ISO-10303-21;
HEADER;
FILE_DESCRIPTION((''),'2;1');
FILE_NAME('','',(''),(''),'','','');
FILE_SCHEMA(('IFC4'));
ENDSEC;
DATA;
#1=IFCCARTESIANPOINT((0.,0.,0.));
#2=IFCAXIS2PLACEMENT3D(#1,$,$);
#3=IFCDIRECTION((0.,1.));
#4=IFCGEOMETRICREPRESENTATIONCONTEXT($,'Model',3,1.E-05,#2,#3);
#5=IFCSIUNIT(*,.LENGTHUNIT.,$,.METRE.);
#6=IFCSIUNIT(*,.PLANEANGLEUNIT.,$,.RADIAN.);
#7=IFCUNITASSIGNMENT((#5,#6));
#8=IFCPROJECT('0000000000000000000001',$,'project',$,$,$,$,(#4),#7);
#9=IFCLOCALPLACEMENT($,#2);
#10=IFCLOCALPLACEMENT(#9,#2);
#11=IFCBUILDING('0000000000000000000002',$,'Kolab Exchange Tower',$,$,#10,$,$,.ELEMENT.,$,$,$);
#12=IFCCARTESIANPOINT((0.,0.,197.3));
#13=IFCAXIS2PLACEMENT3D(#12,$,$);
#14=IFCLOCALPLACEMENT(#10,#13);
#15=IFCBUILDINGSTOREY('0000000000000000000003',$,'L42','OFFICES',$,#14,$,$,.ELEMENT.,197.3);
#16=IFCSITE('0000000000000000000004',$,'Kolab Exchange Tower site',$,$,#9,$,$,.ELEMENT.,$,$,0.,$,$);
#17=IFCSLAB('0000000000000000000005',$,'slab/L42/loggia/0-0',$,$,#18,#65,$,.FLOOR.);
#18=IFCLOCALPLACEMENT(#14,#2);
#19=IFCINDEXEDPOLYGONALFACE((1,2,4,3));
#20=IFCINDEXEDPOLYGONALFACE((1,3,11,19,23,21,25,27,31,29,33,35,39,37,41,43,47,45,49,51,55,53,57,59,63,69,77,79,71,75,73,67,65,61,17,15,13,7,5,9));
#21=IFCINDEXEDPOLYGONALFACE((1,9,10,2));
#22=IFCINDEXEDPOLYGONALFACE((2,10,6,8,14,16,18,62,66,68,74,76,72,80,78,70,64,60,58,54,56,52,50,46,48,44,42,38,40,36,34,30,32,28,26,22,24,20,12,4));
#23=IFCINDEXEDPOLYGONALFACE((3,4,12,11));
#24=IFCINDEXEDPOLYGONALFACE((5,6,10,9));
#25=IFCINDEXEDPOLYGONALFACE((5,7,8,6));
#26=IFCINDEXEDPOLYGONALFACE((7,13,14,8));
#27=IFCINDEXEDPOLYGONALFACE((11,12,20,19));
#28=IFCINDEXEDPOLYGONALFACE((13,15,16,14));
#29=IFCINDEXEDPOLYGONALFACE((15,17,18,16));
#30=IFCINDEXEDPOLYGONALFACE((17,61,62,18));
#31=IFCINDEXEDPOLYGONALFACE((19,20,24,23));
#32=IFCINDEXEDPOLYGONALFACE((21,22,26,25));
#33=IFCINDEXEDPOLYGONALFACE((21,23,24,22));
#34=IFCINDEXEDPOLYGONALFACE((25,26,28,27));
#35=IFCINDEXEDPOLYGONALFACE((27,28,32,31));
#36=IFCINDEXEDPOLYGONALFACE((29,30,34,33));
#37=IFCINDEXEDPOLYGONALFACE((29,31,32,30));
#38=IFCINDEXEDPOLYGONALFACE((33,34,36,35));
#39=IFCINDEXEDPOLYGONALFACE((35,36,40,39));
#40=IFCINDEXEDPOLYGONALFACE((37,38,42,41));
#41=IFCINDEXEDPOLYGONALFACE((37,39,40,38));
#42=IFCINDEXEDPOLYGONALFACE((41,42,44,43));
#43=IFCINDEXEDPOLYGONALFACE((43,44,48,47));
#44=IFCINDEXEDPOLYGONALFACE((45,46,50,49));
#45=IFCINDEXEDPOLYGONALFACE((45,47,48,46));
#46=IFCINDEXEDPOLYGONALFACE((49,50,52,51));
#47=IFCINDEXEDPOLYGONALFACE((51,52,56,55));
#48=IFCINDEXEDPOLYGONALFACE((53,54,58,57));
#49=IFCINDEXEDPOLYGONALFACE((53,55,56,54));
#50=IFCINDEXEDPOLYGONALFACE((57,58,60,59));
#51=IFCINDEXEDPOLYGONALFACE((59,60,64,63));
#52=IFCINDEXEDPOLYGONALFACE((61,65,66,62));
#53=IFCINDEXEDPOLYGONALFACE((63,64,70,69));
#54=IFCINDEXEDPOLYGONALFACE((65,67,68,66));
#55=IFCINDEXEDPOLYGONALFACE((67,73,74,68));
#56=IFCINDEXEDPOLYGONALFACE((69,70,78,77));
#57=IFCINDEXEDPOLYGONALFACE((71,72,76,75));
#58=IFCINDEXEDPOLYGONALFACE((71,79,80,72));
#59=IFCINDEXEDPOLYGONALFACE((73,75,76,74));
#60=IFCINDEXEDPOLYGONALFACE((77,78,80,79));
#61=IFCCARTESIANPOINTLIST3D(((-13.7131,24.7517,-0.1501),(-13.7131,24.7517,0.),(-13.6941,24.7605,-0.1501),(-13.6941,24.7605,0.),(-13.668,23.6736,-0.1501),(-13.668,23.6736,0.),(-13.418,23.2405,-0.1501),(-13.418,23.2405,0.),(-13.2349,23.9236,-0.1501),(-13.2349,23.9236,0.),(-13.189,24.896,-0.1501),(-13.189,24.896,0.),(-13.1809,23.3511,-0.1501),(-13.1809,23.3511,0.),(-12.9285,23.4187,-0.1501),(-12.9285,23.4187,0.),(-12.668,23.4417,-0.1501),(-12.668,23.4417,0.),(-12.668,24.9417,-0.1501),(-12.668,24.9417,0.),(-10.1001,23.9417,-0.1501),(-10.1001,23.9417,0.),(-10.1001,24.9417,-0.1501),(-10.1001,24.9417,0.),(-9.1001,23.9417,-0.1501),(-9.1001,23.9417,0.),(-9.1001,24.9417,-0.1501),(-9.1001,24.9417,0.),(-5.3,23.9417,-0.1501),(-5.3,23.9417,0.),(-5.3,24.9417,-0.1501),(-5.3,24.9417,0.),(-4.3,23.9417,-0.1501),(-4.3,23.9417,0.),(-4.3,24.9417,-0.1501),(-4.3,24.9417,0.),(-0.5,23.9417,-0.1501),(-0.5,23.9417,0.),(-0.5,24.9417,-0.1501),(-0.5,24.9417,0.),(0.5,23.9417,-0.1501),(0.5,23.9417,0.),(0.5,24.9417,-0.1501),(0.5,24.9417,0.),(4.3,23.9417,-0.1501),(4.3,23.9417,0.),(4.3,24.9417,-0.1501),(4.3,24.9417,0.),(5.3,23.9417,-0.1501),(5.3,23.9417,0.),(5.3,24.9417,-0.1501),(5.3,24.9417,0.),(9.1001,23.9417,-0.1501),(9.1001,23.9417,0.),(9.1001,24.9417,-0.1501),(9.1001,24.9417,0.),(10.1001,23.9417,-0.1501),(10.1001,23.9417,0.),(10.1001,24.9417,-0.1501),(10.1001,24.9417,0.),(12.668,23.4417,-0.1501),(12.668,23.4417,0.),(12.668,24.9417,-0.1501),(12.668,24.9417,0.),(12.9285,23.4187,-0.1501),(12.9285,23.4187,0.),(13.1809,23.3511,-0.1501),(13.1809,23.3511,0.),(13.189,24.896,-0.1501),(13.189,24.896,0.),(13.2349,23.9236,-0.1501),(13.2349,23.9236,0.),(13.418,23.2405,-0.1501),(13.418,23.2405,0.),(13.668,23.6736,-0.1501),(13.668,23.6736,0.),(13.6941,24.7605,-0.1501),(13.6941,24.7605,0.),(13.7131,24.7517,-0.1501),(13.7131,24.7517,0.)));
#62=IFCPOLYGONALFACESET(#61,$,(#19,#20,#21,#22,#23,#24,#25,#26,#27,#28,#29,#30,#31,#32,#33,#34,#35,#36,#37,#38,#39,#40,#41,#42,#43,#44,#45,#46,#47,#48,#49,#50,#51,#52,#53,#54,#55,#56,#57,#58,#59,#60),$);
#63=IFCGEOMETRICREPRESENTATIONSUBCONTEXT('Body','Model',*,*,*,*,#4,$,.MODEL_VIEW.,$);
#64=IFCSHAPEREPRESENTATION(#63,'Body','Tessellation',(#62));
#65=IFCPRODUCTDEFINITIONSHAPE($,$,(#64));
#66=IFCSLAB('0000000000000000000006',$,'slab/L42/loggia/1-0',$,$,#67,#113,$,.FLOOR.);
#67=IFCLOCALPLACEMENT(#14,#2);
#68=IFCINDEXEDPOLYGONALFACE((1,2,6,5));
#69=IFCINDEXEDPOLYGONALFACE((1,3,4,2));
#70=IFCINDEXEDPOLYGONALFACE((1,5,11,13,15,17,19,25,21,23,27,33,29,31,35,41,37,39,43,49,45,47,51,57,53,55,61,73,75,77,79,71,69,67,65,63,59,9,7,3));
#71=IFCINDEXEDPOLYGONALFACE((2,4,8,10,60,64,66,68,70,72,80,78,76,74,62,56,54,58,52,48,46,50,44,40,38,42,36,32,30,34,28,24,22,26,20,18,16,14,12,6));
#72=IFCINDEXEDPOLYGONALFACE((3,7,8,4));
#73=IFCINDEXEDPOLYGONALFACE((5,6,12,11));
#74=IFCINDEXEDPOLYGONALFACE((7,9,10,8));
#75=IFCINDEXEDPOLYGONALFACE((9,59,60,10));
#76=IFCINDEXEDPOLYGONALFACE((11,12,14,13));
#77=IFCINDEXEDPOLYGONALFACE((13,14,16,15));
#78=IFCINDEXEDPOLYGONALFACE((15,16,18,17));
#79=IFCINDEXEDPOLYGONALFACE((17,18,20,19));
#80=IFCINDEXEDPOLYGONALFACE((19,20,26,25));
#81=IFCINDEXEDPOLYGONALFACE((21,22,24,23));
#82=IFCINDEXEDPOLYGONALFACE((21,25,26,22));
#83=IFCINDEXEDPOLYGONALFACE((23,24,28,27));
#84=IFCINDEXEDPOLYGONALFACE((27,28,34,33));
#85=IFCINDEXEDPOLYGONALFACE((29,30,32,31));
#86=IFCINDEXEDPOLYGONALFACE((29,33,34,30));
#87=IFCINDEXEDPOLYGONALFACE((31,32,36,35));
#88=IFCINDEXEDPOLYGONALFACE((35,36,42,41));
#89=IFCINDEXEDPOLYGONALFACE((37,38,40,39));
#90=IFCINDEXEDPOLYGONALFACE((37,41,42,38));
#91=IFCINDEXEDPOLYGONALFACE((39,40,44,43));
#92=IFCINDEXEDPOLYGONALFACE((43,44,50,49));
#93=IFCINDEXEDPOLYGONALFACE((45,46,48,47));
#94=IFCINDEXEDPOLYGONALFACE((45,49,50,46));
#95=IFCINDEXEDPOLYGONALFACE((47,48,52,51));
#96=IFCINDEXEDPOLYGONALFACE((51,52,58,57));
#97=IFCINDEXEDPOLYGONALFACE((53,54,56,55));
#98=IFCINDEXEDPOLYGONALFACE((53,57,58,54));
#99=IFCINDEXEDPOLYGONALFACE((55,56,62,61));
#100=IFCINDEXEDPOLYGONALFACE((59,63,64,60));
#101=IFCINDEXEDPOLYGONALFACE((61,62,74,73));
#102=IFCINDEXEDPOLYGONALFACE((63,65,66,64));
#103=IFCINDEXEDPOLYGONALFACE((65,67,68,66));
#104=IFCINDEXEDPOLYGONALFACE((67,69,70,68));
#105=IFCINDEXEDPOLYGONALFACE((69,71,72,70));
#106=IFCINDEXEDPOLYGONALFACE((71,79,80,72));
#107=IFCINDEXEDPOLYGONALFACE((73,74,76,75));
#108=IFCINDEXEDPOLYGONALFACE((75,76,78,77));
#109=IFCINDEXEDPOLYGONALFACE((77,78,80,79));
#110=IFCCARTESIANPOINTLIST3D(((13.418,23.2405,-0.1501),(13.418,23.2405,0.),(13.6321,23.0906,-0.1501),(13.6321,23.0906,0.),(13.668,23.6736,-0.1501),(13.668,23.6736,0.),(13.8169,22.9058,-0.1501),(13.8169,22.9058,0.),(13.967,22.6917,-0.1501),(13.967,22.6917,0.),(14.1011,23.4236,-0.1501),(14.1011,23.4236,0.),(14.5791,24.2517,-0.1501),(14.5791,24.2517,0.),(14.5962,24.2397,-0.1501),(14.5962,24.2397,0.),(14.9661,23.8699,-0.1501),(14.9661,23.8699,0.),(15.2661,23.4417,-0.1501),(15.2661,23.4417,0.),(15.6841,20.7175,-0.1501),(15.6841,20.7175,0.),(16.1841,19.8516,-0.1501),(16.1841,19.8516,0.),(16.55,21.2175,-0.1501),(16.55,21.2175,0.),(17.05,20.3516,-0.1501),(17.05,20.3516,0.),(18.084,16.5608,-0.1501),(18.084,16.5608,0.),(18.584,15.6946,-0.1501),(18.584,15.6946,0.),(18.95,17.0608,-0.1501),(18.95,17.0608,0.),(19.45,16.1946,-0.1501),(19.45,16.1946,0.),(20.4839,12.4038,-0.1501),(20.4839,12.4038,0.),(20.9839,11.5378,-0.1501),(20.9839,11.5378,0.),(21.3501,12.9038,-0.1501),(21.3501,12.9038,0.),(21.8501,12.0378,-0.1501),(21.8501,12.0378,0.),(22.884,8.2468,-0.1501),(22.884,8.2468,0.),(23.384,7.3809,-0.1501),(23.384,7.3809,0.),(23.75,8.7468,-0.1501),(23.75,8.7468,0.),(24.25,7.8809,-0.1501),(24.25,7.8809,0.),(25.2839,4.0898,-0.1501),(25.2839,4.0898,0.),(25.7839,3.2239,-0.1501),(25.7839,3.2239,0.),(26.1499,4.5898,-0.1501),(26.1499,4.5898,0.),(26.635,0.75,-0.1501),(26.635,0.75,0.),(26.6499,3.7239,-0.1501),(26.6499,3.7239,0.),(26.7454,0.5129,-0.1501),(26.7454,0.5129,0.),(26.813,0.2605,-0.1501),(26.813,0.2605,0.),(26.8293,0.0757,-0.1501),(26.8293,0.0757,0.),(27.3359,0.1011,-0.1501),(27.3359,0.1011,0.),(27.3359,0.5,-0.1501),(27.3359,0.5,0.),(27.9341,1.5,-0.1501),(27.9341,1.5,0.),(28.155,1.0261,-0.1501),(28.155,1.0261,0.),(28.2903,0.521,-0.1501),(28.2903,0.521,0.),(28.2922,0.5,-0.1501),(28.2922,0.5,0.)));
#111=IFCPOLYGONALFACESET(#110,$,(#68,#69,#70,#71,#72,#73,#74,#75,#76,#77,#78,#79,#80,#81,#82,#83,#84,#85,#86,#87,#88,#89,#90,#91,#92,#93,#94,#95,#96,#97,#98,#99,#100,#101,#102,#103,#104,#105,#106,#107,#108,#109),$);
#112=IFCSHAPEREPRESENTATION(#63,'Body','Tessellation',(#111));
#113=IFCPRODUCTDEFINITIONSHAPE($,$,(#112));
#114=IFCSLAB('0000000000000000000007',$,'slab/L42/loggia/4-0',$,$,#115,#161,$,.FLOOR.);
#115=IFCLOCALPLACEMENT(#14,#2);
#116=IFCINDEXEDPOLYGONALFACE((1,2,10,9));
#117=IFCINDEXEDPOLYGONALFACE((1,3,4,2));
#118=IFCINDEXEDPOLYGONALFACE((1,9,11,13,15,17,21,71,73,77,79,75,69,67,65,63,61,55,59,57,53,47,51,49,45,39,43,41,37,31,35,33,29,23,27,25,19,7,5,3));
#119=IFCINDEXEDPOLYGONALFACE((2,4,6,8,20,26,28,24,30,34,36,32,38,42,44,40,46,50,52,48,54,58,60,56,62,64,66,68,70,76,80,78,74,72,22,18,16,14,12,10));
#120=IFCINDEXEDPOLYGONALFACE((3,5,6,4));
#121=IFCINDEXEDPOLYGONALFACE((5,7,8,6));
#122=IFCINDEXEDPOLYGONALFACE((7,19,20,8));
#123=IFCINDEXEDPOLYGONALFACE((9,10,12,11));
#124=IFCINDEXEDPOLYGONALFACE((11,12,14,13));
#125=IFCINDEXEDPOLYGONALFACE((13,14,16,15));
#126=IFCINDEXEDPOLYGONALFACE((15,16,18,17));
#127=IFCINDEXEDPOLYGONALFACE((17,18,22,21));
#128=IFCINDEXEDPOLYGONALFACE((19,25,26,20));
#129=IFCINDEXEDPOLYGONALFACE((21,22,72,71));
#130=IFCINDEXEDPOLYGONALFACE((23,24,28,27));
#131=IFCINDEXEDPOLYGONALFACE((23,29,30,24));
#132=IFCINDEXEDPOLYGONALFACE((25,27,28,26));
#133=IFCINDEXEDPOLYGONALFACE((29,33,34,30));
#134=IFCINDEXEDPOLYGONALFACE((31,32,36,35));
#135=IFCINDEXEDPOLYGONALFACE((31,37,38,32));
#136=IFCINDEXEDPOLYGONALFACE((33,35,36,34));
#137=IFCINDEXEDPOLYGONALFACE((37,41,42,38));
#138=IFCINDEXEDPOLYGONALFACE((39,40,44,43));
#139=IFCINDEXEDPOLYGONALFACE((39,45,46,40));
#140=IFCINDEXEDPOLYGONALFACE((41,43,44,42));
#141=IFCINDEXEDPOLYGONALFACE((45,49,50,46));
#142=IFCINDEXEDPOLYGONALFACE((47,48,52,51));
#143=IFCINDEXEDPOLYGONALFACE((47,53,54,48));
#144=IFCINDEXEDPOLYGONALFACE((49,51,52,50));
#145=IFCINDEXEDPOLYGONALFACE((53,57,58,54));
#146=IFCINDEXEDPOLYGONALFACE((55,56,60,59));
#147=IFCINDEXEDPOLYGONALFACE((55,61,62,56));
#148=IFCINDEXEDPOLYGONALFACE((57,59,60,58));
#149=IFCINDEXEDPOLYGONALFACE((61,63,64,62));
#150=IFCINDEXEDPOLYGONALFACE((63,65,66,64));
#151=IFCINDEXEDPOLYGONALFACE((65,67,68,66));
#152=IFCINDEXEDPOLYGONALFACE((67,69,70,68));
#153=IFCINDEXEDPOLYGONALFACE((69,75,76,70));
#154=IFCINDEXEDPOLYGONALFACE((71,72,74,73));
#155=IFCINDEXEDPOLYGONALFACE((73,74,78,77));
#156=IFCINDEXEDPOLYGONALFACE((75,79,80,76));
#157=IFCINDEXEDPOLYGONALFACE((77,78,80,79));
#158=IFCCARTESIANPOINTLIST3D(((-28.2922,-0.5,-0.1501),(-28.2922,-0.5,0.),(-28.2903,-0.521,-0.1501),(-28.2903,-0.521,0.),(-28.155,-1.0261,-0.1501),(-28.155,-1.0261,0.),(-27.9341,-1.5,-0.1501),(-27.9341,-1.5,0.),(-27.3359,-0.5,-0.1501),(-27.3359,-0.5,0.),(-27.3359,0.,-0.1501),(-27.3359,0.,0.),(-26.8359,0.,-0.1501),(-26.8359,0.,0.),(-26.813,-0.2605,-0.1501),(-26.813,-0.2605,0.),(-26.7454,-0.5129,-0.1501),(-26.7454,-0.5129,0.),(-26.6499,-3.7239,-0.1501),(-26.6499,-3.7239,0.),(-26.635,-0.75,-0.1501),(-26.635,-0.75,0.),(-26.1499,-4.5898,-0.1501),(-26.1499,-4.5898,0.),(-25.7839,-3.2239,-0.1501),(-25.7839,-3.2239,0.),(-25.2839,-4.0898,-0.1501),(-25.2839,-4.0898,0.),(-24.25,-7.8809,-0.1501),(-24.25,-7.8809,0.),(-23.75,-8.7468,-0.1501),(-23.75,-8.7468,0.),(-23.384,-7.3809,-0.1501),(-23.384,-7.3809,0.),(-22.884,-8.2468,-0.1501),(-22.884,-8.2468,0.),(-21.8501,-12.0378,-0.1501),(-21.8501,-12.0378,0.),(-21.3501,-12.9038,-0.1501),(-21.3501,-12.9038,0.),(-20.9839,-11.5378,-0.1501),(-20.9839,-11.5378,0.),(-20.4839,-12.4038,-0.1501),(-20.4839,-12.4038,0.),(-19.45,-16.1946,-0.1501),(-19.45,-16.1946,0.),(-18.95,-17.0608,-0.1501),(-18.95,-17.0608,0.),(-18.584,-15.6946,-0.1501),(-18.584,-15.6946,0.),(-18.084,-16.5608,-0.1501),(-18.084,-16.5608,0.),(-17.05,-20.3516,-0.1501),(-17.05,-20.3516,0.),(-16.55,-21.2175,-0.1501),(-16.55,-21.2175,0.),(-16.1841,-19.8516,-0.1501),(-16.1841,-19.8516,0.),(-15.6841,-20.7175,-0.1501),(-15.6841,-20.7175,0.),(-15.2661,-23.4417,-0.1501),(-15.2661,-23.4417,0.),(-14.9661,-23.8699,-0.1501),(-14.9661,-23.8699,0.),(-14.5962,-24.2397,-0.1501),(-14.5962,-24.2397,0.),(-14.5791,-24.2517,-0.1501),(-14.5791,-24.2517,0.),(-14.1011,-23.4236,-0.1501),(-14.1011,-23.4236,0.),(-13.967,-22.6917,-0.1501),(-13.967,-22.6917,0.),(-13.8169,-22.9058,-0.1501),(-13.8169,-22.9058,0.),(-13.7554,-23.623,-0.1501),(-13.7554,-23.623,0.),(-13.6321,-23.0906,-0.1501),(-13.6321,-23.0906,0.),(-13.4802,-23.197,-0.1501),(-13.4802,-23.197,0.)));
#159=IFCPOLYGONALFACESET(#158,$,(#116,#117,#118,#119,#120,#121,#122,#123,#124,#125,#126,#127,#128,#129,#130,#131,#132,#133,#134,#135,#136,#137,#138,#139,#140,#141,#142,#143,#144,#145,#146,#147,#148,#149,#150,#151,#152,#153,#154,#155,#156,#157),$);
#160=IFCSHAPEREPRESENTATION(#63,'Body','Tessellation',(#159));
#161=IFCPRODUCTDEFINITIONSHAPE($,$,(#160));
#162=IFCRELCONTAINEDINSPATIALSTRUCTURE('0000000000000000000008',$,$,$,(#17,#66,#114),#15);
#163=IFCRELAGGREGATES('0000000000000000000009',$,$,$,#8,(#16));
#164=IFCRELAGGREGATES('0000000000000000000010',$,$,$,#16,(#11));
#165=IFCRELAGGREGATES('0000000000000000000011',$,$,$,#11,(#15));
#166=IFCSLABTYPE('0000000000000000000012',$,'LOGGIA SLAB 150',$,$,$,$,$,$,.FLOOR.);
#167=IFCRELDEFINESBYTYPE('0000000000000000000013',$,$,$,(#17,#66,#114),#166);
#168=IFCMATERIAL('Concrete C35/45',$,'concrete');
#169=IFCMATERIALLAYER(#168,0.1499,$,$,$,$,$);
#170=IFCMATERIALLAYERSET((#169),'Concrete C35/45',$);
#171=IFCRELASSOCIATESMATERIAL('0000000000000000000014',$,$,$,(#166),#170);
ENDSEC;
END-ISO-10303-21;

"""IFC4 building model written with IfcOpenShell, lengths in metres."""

from ifc_helpers import new_model, si_unit, direction, frame, origin, place, context, subcontext, project, spatial, polyline, outline, extrude, material, layer, layer_set, type_object, element, save


model = new_model("IFC4")

# Units and contexts
model_context = context("Model", 3, precision=1e-05, world=origin(), true_north=direction((0.0, 1.0)))
body_context = subcontext(model_context, "Body", "Model", "MODEL_VIEW")
ifc_project = project(units=[si_unit("LENGTHUNIT", "METRE"), si_unit("PLANEANGLEUNIT", "RADIAN")], contexts=[model_context])

# Site, building, storey
site_placement = place(None, origin())
site = spatial("IfcSite", under=ifc_project, at=site_placement, Name="Kolab Exchange Tower site", CompositionType="ELEMENT", RefElevation=0.0)
building_placement = place(site_placement, origin())
building = spatial("IfcBuilding", under=site, at=building_placement, Name="Kolab Exchange Tower", CompositionType="ELEMENT")
storey_placement = place(building_placement, frame((0.0, 0.0, 197.3)))
storey = spatial("IfcBuildingStorey", under=building, at=storey_placement, Name="L42", Description="OFFICES", CompositionType="ELEMENT", Elevation=197.3)

# Slabs
ifc_material_1 = material(Name="Concrete C35/45", Category="concrete")
ifc_layer_1 = layer(ifc_material_1, 0.1499)
ifc_layer_set_1 = layer_set([ifc_layer_1], Name="Concrete C35/45")
slab_type_1 = type_object("IfcSlabType", Name="LOGGIA SLAB 150", PredefinedType="FLOOR", material=ifc_layer_set_1)
slab_1_placement = place(storey_placement, frame((0.0, 0.0, -0.1501)))
element("IfcSlab", 1, at=slab_1_placement, inside=storey, type_object=slab_type_1, Name="slab/L42/loggia/0-0", PredefinedType="FLOOR", context=body_context, shape_type="SweptSolid", body=[
    extrude(outline(polyline([(13.1809, 23.3511), (13.418, 23.2405), (13.668, 23.6736), (13.2349, 23.9236), (13.7131, 24.7517), (13.6941, 24.7605), (13.189, 24.896), (12.668, 24.9417), (10.1001, 24.9417), (10.1001, 23.9417), (9.1001, 23.9417), (9.1001, 24.9417), (5.3, 24.9417), (5.3, 23.9417), (4.3, 23.9417), (4.3, 24.9417), (0.5, 24.9417), (0.5, 23.9417), (-0.5, 23.9417), (-0.5, 24.9417), (-4.3, 24.9417), (-4.3, 23.9417), (-5.3, 23.9417), (-5.3, 24.9417), (-9.1001, 24.9417), (-9.1001, 23.9417), (-10.1001, 23.9417), (-10.1001, 24.9417), (-12.668, 24.9417), (-13.189, 24.896), (-13.6941, 24.7605), (-13.7131, 24.7517), (-13.2349, 23.9236), (-13.668, 23.6736), (-13.418, 23.2405), (-13.1809, 23.3511), (-12.9285, 23.4187), (-12.668, 23.4417), (12.668, 23.4417), (12.9285, 23.4187), (13.1809, 23.3511)])), origin(), (0.0, 0.0, 1.0), 0.1501),
])
slab_2_placement = place(storey_placement, frame((0.0, 0.0, -0.1501)))
element("IfcSlab", 2, at=slab_2_placement, inside=storey, type_object=slab_type_1, Name="slab/L42/loggia/1-0", PredefinedType="FLOOR", context=body_context, shape_type="SweptSolid", body=[
    extrude(outline(polyline([(26.813, 0.2605), (26.8293, 0.0757), (27.3359, 0.1011), (27.3359, 0.5), (28.2922, 0.5), (28.2903, 0.521), (28.155, 1.0261), (27.9341, 1.5), (26.6499, 3.7239), (25.7839, 3.2239), (25.2839, 4.0898), (26.1499, 4.5898), (24.25, 7.8809), (23.384, 7.3809), (22.884, 8.2468), (23.75, 8.7468), (21.8501, 12.0378), (20.9839, 11.5378), (20.4839, 12.4038), (21.3501, 12.9038), (19.45, 16.1946), (18.584, 15.6946), (18.084, 16.5608), (18.95, 17.0608), (17.05, 20.3516), (16.1841, 19.8516), (15.6841, 20.7175), (16.55, 21.2175), (15.2661, 23.4417), (14.9661, 23.8699), (14.5962, 24.2397), (14.5791, 24.2517), (14.1011, 23.4236), (13.668, 23.6736), (13.418, 23.2405), (13.6321, 23.0906), (13.8169, 22.9058), (13.967, 22.6917), (26.635, 0.75), (26.7454, 0.5129), (26.813, 0.2605)])), origin(), (0.0, 0.0, 1.0), 0.1501),
])
slab_3_placement = place(storey_placement, frame((0.0, 0.0, -0.1501)))
element("IfcSlab", 3, at=slab_3_placement, inside=storey, type_object=slab_type_1, Name="slab/L42/loggia/4-0", PredefinedType="FLOOR", context=body_context, shape_type="SweptSolid", body=[
    extrude(outline(polyline([(-26.813, -0.2605), (-26.8359, 0.0), (-27.3359, 0.0), (-27.3359, -0.5), (-28.2922, -0.5), (-28.2903, -0.521), (-28.155, -1.0261), (-27.9341, -1.5), (-26.6499, -3.7239), (-25.7839, -3.2239), (-25.2839, -4.0898), (-26.1499, -4.5898), (-24.25, -7.8809), (-23.384, -7.3809), (-22.884, -8.2468), (-23.75, -8.7468), (-21.8501, -12.0378), (-20.9839, -11.5378), (-20.4839, -12.4038), (-21.3501, -12.9038), (-19.45, -16.1946), (-18.584, -15.6946), (-18.084, -16.5608), (-18.95, -17.0608), (-17.05, -20.3516), (-16.1841, -19.8516), (-15.6841, -20.7175), (-16.55, -21.2175), (-15.2661, -23.4417), (-14.9661, -23.8699), (-14.5962, -24.2397), (-14.5791, -24.2517), (-14.1011, -23.4236), (-13.7554, -23.623), (-13.4802, -23.197), (-13.6321, -23.0906), (-13.8169, -22.9058), (-13.967, -22.6917), (-26.635, -0.75), (-26.7454, -0.5129), (-26.813, -0.2605)])), origin(), (0.0, 0.0, 1.0), 0.1501),
])

save(model, "model.ifc")
